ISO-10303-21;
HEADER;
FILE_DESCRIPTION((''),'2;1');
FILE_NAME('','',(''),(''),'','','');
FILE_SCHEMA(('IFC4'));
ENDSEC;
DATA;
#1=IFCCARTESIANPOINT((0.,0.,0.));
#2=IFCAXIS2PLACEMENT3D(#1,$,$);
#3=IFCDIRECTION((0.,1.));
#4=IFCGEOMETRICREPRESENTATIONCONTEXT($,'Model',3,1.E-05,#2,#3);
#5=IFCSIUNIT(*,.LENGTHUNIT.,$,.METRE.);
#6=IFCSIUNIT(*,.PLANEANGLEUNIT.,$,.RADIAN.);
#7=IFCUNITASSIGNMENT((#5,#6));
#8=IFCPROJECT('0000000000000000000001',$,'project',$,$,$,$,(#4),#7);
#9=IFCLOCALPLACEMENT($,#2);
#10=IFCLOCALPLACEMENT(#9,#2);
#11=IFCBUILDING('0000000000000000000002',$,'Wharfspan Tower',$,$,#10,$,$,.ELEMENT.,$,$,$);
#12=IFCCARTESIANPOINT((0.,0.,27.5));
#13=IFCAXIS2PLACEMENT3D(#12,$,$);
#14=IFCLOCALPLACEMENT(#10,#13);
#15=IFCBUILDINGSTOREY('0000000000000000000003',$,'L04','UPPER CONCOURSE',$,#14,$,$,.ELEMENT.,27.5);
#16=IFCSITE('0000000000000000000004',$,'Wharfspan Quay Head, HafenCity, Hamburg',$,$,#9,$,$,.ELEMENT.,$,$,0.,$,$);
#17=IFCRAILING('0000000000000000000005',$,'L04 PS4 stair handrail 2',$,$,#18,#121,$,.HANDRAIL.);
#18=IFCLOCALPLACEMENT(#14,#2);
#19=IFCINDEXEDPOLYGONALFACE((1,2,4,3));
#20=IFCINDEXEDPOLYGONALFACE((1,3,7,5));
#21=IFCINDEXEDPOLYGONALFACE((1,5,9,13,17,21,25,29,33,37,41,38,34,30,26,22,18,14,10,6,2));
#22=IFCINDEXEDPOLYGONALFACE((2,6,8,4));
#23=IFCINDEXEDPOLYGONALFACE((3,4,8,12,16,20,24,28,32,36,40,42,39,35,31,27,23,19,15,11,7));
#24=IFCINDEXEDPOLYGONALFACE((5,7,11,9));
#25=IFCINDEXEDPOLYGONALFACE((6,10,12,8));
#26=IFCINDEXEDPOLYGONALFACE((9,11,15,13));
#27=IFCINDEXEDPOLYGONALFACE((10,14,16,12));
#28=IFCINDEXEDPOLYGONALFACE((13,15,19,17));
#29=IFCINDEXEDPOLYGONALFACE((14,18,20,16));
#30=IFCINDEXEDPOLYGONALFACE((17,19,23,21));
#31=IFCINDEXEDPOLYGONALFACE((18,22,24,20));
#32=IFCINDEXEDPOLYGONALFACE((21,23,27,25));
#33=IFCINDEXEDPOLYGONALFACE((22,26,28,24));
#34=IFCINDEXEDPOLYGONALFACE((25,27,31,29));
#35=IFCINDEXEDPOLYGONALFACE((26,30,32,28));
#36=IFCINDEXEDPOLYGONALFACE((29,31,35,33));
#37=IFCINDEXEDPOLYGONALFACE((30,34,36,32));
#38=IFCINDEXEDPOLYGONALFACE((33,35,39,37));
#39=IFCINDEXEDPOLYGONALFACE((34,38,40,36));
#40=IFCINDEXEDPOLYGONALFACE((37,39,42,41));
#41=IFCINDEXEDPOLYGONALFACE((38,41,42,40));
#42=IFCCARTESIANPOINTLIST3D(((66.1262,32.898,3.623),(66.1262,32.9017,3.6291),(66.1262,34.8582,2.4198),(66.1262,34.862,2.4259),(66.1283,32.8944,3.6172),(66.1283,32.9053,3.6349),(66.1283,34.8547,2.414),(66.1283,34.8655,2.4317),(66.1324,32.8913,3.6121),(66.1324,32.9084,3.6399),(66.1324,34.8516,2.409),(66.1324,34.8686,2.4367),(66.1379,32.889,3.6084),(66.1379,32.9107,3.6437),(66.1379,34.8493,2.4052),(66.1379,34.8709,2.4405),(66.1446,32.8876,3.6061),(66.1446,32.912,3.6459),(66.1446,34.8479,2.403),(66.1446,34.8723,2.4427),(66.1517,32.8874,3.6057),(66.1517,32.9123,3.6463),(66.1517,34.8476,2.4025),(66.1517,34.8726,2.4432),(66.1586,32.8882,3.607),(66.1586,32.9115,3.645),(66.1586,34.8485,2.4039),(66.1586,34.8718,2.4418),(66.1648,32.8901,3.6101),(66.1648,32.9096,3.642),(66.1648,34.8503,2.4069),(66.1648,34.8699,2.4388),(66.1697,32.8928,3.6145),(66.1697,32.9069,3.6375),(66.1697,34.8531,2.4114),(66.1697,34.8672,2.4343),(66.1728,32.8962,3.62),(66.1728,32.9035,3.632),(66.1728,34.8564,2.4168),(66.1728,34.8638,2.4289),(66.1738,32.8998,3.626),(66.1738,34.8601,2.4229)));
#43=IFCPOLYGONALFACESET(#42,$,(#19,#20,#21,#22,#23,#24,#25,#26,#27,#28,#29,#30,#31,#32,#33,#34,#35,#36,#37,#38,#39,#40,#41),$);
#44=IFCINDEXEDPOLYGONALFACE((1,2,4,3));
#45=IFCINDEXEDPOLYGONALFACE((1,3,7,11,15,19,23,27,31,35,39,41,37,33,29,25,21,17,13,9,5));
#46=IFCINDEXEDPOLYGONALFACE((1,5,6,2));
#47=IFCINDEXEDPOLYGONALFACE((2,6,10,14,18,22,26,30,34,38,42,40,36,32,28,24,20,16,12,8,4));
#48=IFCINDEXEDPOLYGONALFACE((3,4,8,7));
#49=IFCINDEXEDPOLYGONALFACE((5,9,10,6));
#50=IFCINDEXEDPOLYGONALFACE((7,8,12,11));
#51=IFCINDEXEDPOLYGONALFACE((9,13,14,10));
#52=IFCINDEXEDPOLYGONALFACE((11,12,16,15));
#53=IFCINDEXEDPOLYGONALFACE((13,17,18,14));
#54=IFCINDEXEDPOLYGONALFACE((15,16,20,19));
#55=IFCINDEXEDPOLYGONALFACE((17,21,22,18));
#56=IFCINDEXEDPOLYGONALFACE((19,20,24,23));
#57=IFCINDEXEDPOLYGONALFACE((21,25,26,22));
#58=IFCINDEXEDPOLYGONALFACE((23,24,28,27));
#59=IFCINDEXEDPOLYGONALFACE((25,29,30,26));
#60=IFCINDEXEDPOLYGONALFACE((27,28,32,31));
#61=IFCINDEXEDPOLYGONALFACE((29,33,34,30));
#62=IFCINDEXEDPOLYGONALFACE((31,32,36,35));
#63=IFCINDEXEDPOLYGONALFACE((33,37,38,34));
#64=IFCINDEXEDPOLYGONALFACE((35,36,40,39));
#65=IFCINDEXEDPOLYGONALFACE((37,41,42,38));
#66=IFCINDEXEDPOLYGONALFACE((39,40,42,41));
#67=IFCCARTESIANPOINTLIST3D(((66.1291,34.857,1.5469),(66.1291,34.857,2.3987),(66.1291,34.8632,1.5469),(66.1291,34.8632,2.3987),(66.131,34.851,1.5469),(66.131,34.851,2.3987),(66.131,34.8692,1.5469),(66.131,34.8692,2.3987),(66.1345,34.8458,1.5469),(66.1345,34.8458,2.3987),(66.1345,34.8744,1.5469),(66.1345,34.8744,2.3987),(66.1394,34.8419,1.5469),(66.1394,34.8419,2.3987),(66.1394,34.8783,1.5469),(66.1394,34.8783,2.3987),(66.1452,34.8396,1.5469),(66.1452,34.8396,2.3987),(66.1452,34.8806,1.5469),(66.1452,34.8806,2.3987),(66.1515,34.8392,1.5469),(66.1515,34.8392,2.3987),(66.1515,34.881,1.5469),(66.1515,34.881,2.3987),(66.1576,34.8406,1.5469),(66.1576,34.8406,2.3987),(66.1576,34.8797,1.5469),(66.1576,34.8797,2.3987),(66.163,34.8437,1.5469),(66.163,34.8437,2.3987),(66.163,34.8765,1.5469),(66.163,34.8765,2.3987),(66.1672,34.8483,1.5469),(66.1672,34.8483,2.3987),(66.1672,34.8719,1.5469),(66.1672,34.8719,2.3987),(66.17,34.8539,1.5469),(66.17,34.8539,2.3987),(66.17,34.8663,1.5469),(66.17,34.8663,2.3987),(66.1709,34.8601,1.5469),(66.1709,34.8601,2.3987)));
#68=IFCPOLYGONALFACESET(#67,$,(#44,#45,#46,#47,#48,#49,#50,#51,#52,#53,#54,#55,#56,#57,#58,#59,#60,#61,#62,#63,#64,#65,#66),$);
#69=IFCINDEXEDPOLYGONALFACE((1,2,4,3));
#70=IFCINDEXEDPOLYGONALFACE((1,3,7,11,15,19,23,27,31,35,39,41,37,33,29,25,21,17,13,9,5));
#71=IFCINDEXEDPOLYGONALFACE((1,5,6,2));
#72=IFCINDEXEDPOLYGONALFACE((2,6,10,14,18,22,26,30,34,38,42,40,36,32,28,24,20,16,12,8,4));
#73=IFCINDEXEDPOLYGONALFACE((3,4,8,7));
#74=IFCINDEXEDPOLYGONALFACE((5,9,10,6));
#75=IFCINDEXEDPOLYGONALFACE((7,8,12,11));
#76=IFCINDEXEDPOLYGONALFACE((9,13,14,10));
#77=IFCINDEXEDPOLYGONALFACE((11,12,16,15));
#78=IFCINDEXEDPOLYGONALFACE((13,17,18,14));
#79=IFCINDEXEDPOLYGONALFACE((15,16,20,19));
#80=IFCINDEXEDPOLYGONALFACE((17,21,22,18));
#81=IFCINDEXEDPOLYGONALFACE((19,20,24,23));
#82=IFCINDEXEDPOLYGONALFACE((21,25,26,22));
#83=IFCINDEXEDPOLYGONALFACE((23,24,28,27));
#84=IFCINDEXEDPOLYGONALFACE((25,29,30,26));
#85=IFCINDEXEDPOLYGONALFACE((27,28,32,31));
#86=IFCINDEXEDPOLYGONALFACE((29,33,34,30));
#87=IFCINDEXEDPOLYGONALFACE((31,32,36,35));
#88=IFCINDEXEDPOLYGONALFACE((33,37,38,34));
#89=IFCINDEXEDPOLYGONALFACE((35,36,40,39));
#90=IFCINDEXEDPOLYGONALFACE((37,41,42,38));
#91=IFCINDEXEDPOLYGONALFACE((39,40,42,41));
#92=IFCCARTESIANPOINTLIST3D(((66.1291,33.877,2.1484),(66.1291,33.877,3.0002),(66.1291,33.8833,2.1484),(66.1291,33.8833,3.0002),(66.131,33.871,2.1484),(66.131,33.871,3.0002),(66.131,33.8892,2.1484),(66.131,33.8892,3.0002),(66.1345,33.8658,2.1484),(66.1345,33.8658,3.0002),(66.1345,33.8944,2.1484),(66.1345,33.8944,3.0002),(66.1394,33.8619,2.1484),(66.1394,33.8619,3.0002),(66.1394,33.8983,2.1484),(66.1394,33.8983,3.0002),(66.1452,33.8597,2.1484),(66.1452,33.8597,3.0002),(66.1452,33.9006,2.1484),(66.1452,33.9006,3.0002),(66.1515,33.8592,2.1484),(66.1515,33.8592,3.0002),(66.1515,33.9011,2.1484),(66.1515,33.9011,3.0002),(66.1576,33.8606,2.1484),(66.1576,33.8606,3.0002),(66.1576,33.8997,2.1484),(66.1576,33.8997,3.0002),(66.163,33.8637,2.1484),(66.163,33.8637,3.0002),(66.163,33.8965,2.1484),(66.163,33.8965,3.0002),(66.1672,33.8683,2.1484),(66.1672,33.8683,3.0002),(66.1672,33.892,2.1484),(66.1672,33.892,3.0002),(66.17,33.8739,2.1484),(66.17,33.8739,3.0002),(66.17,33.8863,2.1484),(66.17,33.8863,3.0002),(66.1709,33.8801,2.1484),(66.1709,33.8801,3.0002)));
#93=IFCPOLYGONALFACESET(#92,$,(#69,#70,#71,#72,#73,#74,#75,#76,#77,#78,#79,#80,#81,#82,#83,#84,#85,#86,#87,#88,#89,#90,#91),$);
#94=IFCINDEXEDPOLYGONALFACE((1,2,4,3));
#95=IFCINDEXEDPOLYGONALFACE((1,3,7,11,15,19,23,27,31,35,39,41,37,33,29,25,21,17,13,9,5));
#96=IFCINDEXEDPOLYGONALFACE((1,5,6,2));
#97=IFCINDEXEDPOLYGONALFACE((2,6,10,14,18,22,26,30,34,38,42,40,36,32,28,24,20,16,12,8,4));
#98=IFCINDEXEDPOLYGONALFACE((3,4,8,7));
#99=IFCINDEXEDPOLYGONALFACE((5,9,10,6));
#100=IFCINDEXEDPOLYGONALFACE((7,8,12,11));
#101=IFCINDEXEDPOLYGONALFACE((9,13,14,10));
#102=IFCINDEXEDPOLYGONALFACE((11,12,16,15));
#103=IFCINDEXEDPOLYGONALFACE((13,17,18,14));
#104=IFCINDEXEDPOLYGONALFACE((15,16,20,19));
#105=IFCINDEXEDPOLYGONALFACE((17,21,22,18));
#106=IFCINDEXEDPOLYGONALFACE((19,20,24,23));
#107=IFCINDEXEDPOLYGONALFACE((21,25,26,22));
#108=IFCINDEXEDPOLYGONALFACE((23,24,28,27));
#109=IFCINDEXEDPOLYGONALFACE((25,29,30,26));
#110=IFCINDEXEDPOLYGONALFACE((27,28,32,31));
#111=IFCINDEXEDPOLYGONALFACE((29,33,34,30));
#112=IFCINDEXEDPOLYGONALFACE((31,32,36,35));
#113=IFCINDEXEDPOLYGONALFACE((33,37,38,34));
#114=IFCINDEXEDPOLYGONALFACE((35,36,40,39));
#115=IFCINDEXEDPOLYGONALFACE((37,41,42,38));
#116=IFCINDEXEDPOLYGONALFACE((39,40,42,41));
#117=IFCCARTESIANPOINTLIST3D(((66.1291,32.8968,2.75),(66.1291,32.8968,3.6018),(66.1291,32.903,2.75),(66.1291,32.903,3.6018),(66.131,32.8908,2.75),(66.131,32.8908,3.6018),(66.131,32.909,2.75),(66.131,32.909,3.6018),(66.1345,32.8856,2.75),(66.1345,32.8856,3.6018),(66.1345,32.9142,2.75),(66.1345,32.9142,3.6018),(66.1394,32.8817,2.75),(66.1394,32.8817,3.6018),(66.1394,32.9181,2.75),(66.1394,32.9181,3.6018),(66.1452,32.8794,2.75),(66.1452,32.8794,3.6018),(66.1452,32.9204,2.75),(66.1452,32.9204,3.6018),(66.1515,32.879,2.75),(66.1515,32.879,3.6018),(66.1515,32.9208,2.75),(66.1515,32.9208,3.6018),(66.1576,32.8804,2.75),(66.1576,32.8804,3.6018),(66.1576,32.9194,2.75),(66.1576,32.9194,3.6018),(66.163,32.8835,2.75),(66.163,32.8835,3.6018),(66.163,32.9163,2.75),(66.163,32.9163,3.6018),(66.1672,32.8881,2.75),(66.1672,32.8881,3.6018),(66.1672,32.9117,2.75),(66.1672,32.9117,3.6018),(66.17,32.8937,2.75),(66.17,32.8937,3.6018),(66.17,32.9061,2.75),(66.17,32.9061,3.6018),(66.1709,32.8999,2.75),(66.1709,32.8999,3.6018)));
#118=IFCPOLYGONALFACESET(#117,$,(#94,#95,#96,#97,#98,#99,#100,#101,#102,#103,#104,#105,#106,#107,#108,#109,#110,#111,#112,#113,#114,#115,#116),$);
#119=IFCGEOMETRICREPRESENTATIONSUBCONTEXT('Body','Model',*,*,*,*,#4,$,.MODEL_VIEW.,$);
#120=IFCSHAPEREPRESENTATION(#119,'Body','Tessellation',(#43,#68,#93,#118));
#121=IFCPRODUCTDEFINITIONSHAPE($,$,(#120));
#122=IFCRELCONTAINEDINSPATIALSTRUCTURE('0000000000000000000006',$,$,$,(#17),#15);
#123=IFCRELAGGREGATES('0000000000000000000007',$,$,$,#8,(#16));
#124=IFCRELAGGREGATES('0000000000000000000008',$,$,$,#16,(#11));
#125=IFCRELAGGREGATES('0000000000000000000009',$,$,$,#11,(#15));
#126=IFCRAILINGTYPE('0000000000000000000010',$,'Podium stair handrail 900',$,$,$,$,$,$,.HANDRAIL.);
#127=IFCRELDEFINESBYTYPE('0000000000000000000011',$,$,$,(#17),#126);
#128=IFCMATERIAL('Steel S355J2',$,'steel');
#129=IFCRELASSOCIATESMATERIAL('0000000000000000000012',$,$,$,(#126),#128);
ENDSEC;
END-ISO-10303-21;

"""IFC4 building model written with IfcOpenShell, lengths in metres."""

from ifc_helpers import new_model, si_unit, direction, frame, origin, origin_2d, place, context, subcontext, project, spatial, circle, extrude, material, type_object, element, save


model = new_model("IFC4")

# Units and contexts
model_context = context("Model", 3, precision=1e-05, world=origin(), true_north=direction((0.0, 1.0)))
body_context = subcontext(model_context, "Body", "Model", "MODEL_VIEW")
ifc_project = project(units=[si_unit("LENGTHUNIT", "METRE"), si_unit("PLANEANGLEUNIT", "RADIAN")], contexts=[model_context])

# Site, building, storey
site_placement = place(None, origin())
site = spatial("IfcSite", under=ifc_project, at=site_placement, Name="Wharfspan Quay Head, HafenCity, Hamburg", CompositionType="ELEMENT", RefElevation=0.0)
building_placement = place(site_placement, origin())
building = spatial("IfcBuilding", under=site, at=building_placement, Name="Wharfspan Tower", CompositionType="ELEMENT")
storey_placement = place(building_placement, frame((0.0, 0.0, 27.5)))
storey = spatial("IfcBuildingStorey", under=building, at=storey_placement, Name="L04", Description="UPPER CONCOURSE", CompositionType="ELEMENT", Elevation=27.5)

# Railing
ifc_material_1 = material(Name="Steel S355J2", Category="steel")
railing_type_1 = type_object("IfcRailingType", Name="Podium stair handrail 900", PredefinedType="HANDRAIL", material=ifc_material_1)
railing_1_placement = place(storey_placement, frame((66.1499, 34.8601, 1.5469)))
element("IfcRailing", 1, at=railing_1_placement, inside=storey, type_object=railing_type_1, Name="L04 PS4 stair handrail 2", PredefinedType="HANDRAIL", context=body_context, shape_type="SweptSolid", body=[
    extrude(circle(Radius=0.0239, at=origin_2d()), frame((0.0, 0.0, 0.876), z_axis=(0.0, -0.85227, 0.523102), x_axis=(1.0, 0.0, 0.0)), (0.0, 0.0, 1.0), 2.3),
    extrude(circle(Radius=0.021, at=origin_2d()), origin(), (0.0, 0.0, 1.0), 0.8518),
    extrude(circle(Radius=0.021, at=origin_2d()), frame((0.0, -0.98, 0.6016)), (0.0, 0.0, 1.0), 0.8518),
    extrude(circle(Radius=0.021, at=origin_2d()), frame((0.0, -1.9602, 1.2031)), (0.0, 0.0, 1.0), 0.8518),
])

save(model, "model.ifc")
